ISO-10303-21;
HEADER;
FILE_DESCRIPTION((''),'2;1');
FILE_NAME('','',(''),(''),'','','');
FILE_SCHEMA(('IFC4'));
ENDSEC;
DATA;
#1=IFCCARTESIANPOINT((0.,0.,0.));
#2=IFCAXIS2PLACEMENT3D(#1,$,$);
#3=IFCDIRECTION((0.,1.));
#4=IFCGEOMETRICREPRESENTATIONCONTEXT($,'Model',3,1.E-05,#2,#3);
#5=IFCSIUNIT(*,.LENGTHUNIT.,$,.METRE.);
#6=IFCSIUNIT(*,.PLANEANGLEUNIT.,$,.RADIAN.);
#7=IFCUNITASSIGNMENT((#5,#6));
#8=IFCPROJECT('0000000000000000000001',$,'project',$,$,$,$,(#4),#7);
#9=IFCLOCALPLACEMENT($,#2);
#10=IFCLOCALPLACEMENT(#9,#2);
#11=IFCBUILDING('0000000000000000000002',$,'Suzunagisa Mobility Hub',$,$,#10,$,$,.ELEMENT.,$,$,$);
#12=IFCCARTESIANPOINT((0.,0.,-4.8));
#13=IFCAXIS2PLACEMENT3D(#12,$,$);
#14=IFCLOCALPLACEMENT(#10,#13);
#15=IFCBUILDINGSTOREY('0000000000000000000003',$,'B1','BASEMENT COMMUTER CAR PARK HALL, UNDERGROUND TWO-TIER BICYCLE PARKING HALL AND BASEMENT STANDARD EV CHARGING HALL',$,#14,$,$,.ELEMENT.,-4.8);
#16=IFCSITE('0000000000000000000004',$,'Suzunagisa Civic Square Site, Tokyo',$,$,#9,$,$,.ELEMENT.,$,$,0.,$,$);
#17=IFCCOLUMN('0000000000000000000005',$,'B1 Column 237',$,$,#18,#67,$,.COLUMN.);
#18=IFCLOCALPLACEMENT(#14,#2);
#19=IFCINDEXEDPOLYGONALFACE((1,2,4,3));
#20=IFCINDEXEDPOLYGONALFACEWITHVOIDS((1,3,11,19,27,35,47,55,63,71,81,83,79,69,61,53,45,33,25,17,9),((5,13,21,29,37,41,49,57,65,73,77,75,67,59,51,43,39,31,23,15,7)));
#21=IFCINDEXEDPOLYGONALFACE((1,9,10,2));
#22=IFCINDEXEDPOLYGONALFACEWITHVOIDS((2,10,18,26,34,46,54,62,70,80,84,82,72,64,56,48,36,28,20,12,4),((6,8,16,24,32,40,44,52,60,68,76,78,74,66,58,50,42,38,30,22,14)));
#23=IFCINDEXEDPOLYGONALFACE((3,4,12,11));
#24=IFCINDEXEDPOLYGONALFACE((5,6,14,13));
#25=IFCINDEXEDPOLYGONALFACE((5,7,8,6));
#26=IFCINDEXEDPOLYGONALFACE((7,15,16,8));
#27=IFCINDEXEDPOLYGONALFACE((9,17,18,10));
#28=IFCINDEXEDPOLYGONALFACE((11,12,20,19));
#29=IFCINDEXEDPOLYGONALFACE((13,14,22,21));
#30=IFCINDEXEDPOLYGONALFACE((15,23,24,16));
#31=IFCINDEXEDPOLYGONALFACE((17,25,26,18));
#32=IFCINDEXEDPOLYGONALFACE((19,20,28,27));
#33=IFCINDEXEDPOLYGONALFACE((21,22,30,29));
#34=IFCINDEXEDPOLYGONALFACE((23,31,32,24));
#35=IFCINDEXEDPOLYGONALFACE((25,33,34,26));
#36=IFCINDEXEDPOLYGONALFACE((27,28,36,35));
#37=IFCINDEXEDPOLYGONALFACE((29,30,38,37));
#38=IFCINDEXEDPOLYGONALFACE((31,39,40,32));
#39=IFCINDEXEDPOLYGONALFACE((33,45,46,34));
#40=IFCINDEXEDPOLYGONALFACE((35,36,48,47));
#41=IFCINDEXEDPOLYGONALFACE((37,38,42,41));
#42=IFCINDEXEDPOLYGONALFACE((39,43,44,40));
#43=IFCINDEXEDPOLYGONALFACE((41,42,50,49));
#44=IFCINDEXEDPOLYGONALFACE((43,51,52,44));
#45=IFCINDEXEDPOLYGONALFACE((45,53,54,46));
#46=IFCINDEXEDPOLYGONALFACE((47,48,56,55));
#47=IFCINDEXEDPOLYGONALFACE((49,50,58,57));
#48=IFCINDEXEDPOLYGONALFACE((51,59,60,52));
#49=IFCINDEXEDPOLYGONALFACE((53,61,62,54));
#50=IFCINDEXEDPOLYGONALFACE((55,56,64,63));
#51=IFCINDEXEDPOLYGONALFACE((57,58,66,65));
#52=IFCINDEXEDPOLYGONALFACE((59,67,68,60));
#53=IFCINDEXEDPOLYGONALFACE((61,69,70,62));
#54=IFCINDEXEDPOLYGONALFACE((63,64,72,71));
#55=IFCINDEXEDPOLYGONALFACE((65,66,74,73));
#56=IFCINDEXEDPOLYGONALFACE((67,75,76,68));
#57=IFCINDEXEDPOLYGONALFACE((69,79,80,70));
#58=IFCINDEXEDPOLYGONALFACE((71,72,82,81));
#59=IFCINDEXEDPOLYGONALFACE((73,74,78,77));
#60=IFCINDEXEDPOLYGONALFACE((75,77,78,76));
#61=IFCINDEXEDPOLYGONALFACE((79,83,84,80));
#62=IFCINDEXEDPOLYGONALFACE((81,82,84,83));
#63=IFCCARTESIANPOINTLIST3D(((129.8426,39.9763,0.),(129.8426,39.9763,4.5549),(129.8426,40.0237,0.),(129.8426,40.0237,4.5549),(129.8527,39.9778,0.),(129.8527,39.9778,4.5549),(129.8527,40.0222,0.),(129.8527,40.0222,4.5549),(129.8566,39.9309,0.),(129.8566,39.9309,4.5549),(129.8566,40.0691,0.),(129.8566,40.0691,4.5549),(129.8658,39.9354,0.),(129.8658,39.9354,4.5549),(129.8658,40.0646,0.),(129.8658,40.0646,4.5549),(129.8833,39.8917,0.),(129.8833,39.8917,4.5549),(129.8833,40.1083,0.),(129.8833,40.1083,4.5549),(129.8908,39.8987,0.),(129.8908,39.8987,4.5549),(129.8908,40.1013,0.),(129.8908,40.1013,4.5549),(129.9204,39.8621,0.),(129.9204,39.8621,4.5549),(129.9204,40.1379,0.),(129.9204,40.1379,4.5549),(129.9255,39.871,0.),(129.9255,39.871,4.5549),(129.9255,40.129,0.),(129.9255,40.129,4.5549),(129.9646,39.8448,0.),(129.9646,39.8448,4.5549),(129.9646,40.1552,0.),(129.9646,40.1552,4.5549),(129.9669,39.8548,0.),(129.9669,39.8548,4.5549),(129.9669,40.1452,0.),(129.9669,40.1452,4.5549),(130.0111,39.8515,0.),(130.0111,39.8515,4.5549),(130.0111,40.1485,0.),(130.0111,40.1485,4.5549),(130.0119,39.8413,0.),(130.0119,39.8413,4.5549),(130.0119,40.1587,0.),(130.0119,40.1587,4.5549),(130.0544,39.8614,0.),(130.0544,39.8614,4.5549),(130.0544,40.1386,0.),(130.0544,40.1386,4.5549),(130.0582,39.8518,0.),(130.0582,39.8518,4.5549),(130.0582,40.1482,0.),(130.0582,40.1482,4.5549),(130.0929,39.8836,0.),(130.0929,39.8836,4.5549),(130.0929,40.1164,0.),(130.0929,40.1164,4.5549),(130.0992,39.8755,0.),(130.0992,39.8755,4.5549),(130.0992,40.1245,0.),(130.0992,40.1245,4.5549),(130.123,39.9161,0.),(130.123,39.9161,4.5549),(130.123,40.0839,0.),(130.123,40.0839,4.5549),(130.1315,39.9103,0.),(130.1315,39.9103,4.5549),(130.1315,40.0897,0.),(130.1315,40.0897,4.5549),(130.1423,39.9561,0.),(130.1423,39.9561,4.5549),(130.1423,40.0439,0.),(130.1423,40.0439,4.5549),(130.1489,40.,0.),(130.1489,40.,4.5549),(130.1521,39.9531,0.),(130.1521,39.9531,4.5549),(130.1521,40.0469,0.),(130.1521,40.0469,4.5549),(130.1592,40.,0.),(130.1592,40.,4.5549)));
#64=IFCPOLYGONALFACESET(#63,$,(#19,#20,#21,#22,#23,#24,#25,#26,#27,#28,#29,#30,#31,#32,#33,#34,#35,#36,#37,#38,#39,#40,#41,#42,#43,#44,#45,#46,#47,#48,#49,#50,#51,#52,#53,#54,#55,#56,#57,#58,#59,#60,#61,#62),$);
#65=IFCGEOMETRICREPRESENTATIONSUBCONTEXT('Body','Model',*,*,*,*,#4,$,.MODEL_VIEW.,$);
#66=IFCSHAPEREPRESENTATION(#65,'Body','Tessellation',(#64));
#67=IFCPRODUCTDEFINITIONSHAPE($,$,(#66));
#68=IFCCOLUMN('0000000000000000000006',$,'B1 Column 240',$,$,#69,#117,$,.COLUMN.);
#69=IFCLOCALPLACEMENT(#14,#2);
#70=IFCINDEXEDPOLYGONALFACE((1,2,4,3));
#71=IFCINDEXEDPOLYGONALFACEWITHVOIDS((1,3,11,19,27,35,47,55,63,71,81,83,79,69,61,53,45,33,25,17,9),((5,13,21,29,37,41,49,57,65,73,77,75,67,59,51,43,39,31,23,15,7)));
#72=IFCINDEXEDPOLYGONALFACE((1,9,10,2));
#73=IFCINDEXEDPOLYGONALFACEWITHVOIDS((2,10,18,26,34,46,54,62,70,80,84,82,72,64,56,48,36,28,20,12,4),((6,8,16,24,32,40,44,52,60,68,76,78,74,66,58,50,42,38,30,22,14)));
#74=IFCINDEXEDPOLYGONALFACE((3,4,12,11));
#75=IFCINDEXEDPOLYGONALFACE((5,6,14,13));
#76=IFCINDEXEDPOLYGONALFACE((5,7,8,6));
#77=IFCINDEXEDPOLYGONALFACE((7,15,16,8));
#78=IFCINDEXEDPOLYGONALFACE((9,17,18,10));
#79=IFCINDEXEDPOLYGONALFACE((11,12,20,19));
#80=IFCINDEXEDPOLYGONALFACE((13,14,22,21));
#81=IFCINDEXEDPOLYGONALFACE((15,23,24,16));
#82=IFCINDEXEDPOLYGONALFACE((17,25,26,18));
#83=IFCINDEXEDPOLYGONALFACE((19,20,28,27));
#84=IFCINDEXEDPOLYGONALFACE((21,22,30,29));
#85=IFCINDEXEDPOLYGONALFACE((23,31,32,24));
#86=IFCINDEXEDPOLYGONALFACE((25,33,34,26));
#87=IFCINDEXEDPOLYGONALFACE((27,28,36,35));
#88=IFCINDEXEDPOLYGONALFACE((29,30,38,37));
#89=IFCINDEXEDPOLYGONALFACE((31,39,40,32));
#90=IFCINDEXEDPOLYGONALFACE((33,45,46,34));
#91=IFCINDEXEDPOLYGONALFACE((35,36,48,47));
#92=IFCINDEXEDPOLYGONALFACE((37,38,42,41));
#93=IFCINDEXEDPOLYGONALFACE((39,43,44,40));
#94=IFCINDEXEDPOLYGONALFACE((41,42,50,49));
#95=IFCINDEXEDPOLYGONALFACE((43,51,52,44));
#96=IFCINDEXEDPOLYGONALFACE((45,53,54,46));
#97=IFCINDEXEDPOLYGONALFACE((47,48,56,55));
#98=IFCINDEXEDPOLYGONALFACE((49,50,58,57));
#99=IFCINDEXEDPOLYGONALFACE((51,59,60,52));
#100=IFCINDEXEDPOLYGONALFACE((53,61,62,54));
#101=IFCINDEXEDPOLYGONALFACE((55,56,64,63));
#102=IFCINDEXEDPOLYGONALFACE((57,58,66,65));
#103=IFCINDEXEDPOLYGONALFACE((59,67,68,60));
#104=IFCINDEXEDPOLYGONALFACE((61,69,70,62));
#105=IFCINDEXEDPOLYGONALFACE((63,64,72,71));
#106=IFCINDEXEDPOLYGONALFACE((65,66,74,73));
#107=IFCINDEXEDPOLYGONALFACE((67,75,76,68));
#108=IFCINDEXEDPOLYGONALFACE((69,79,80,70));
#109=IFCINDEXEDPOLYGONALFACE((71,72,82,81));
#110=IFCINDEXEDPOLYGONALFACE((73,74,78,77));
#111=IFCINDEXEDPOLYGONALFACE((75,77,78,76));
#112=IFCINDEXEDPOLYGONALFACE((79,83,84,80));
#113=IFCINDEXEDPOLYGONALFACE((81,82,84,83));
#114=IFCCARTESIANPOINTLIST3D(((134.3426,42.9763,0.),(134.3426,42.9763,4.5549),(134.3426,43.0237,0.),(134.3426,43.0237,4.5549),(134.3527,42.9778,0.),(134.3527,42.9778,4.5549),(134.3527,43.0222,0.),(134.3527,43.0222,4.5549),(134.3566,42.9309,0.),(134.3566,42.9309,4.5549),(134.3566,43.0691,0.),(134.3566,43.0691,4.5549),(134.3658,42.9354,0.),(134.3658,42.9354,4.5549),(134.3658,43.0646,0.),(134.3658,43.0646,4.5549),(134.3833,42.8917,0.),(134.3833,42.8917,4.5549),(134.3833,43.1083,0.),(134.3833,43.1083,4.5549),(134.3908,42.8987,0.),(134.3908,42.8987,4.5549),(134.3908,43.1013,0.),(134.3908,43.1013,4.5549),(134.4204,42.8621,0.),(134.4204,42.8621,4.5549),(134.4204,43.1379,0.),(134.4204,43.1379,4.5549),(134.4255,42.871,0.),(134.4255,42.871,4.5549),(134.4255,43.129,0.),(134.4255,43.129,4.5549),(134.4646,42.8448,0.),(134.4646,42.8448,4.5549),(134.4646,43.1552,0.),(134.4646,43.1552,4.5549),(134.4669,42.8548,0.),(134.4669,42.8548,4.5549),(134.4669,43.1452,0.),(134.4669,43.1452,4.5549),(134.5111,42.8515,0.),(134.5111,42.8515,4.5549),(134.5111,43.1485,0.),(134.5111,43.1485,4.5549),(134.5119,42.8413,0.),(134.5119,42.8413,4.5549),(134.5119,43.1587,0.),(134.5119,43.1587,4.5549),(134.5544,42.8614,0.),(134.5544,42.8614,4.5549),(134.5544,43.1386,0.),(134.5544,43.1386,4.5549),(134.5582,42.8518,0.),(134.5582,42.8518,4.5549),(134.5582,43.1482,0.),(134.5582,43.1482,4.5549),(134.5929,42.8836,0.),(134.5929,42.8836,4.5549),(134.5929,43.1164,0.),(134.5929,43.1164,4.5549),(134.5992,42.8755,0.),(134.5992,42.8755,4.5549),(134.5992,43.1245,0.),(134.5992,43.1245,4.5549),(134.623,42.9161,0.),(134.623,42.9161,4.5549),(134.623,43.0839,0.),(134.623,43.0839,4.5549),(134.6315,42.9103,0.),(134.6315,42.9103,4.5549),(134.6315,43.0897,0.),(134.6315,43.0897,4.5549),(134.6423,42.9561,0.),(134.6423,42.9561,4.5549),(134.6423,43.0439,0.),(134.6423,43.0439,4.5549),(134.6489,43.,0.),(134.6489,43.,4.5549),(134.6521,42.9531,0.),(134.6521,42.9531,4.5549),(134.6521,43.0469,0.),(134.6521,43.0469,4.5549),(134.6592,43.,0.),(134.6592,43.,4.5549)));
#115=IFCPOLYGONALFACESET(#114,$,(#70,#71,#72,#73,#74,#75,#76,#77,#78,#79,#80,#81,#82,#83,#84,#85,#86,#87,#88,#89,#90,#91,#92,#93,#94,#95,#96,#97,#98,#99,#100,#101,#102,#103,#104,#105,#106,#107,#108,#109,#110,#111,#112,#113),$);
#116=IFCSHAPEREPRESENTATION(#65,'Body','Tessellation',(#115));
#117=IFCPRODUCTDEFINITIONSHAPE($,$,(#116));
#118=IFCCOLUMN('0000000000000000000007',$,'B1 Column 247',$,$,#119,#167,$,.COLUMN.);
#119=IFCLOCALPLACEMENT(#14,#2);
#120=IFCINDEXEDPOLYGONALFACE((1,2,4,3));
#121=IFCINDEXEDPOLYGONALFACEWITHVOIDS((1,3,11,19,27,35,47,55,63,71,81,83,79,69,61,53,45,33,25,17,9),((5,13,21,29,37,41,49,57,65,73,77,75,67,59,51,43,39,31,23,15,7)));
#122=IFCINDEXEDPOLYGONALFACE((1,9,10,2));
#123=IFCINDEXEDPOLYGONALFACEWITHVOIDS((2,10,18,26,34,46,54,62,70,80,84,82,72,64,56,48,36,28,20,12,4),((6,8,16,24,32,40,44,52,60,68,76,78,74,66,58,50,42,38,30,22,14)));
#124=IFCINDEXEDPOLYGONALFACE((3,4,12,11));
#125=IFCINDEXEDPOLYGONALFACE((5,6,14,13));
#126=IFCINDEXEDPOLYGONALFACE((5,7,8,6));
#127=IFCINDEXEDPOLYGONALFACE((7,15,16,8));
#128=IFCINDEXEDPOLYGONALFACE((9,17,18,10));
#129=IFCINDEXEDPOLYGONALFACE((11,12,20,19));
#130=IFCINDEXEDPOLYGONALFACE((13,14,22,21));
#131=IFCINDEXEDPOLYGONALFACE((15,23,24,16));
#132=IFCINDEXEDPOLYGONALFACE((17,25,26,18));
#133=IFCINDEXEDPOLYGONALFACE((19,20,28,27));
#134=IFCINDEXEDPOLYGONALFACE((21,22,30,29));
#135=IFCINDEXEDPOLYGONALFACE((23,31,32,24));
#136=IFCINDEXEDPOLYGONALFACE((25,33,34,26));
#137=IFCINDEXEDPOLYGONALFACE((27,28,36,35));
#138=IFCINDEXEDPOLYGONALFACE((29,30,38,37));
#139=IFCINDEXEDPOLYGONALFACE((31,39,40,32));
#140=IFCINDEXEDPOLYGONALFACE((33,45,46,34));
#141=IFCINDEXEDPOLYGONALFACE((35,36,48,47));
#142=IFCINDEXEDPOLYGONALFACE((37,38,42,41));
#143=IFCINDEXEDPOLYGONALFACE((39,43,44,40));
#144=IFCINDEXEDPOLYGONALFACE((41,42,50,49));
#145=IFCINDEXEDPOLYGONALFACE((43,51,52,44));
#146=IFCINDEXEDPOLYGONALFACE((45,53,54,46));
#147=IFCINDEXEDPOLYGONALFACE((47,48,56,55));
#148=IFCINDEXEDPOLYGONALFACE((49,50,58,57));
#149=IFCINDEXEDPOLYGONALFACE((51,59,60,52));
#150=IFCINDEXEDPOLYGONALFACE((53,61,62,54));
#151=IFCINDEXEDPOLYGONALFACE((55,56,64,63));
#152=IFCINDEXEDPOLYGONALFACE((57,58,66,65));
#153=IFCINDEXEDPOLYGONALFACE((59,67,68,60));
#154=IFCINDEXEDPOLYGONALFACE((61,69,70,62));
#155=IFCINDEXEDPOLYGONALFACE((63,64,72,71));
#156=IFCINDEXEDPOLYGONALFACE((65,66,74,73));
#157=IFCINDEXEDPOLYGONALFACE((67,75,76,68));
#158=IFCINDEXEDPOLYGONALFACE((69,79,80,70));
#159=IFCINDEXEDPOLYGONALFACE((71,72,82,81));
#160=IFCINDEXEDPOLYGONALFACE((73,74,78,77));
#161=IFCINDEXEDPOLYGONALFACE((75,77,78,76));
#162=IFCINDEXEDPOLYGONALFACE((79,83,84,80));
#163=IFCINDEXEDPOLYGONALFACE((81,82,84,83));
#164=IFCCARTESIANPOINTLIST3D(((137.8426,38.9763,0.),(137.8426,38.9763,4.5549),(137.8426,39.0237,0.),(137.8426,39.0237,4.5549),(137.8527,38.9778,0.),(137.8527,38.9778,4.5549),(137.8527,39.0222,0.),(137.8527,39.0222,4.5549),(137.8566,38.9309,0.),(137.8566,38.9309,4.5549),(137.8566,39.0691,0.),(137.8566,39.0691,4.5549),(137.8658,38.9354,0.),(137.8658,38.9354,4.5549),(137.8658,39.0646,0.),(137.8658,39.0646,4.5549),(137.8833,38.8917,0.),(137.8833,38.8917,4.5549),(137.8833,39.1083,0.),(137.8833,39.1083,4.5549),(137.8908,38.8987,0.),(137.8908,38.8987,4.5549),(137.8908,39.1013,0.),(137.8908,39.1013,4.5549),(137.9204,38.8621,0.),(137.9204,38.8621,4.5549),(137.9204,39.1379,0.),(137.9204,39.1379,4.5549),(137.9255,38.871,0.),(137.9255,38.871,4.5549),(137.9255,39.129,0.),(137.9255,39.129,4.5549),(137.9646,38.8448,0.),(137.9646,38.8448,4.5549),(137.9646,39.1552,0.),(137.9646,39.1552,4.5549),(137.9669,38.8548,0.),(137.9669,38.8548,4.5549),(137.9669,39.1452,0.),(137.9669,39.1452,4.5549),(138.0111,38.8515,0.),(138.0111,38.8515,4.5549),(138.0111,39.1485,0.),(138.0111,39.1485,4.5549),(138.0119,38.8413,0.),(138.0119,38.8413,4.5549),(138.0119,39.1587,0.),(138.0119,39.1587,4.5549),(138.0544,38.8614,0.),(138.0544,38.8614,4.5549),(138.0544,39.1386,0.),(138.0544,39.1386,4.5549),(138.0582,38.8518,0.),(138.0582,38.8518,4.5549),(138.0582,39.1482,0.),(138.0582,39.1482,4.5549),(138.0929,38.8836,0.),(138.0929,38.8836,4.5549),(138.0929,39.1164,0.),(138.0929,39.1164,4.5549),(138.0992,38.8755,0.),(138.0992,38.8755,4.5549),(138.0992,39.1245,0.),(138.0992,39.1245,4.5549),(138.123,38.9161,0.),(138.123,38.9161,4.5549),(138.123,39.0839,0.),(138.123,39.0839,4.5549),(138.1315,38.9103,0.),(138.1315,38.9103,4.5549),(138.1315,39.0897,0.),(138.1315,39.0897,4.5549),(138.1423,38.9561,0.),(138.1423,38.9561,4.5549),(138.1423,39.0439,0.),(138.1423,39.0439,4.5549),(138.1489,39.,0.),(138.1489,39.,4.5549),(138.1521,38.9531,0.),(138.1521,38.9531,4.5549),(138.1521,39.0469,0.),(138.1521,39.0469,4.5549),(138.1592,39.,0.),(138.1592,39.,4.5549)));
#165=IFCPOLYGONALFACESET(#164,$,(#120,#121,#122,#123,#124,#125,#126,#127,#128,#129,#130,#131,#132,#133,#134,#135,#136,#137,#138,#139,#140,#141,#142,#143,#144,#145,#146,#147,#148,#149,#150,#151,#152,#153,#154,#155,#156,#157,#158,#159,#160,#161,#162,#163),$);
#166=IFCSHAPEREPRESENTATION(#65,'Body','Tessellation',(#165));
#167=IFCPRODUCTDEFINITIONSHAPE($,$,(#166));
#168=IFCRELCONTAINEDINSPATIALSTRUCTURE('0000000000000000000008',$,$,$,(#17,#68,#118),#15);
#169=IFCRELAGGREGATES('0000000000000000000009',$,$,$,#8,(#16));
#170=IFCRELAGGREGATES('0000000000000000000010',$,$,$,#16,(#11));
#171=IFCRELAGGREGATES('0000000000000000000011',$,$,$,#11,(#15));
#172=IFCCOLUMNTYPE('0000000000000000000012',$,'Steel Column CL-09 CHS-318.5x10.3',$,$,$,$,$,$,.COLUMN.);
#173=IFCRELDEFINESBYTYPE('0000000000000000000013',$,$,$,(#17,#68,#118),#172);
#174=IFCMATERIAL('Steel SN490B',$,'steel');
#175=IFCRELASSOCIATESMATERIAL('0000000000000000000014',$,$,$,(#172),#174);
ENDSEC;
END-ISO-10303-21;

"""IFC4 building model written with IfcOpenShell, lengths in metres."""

from ifc_helpers import new_model, si_unit, direction, frame, origin, origin_2d, place, context, subcontext, project, spatial, hollow_circle, extrude, material, material_profile, profile_set, type_object, element, save


model = new_model("IFC4")

# Units and contexts
model_context = context("Model", 3, precision=1e-05, world=origin(), true_north=direction((0.0, 1.0)))
body_context = subcontext(model_context, "Body", "Model", "MODEL_VIEW")
ifc_project = project(units=[si_unit("LENGTHUNIT", "METRE"), si_unit("PLANEANGLEUNIT", "RADIAN")], contexts=[model_context])

# Site, building, storey
site_placement = place(None, origin())
site = spatial("IfcSite", under=ifc_project, at=site_placement, Name="Suzunagisa Civic Square Site, Tokyo", CompositionType="ELEMENT", RefElevation=0.0)
building_placement = place(site_placement, origin())
building = spatial("IfcBuilding", under=site, at=building_placement, Name="Suzunagisa Mobility Hub", CompositionType="ELEMENT")
storey_placement = place(building_placement, frame((0.0, 0.0, -4.8)))
storey = spatial("IfcBuildingStorey", under=building, at=storey_placement, Name="B1", Description="BASEMENT COMMUTER CAR PARK HALL, UNDERGROUND TWO-TIER BICYCLE PARKING HALL AND BASEMENT STANDARD EV CHARGING HALL", CompositionType="ELEMENT", Elevation=-4.8)

# Columns
ifc_material_1 = material(Name="Steel SN490B", Category="steel")
ifc_material_profile_1 = material_profile(ifc_material_1, hollow_circle(Radius=0.1592, WallThickness=0.0103, at=origin_2d()), Name="CHS-318.5x10.3")
ifc_profile_set_1 = profile_set([ifc_material_profile_1], Name="Steel SN490B")
column_type = type_object("IfcColumnType", Name="Steel Column CL-09 CHS-318.5x10.3", PredefinedType="COLUMN", material=ifc_profile_set_1)
for number, where, z_axis, x_axis, name in (
    (1, (130.0, 40.0, 0.0), (0.0, 0.0, 1.0), (1.0, 0.0, 0.0), "B1 Column 237"),
    (2, (134.5, 43.0, 0.0), (0.0, 0.0, 1.0), (1.0, 0.0, 0.0), "B1 Column 240"),
    (3, (138.0, 39.0, 0.0), (0.0, 0.0, 1.0), (1.0, 0.0, 0.0), "B1 Column 247"),
):
    element("IfcColumn", number, at=place(storey_placement, frame(where, z_axis=z_axis, x_axis=x_axis)), inside=storey, type_object=column_type, Name=name, PredefinedType="COLUMN", context=body_context, shape_type="SweptSolid", body=[
        extrude(hollow_circle(Radius=0.1592, WallThickness=0.0103, at=origin_2d()), origin(), (0.0, 0.0, 1.0), 4.5549),
    ])

save(model, "model.ifc")
